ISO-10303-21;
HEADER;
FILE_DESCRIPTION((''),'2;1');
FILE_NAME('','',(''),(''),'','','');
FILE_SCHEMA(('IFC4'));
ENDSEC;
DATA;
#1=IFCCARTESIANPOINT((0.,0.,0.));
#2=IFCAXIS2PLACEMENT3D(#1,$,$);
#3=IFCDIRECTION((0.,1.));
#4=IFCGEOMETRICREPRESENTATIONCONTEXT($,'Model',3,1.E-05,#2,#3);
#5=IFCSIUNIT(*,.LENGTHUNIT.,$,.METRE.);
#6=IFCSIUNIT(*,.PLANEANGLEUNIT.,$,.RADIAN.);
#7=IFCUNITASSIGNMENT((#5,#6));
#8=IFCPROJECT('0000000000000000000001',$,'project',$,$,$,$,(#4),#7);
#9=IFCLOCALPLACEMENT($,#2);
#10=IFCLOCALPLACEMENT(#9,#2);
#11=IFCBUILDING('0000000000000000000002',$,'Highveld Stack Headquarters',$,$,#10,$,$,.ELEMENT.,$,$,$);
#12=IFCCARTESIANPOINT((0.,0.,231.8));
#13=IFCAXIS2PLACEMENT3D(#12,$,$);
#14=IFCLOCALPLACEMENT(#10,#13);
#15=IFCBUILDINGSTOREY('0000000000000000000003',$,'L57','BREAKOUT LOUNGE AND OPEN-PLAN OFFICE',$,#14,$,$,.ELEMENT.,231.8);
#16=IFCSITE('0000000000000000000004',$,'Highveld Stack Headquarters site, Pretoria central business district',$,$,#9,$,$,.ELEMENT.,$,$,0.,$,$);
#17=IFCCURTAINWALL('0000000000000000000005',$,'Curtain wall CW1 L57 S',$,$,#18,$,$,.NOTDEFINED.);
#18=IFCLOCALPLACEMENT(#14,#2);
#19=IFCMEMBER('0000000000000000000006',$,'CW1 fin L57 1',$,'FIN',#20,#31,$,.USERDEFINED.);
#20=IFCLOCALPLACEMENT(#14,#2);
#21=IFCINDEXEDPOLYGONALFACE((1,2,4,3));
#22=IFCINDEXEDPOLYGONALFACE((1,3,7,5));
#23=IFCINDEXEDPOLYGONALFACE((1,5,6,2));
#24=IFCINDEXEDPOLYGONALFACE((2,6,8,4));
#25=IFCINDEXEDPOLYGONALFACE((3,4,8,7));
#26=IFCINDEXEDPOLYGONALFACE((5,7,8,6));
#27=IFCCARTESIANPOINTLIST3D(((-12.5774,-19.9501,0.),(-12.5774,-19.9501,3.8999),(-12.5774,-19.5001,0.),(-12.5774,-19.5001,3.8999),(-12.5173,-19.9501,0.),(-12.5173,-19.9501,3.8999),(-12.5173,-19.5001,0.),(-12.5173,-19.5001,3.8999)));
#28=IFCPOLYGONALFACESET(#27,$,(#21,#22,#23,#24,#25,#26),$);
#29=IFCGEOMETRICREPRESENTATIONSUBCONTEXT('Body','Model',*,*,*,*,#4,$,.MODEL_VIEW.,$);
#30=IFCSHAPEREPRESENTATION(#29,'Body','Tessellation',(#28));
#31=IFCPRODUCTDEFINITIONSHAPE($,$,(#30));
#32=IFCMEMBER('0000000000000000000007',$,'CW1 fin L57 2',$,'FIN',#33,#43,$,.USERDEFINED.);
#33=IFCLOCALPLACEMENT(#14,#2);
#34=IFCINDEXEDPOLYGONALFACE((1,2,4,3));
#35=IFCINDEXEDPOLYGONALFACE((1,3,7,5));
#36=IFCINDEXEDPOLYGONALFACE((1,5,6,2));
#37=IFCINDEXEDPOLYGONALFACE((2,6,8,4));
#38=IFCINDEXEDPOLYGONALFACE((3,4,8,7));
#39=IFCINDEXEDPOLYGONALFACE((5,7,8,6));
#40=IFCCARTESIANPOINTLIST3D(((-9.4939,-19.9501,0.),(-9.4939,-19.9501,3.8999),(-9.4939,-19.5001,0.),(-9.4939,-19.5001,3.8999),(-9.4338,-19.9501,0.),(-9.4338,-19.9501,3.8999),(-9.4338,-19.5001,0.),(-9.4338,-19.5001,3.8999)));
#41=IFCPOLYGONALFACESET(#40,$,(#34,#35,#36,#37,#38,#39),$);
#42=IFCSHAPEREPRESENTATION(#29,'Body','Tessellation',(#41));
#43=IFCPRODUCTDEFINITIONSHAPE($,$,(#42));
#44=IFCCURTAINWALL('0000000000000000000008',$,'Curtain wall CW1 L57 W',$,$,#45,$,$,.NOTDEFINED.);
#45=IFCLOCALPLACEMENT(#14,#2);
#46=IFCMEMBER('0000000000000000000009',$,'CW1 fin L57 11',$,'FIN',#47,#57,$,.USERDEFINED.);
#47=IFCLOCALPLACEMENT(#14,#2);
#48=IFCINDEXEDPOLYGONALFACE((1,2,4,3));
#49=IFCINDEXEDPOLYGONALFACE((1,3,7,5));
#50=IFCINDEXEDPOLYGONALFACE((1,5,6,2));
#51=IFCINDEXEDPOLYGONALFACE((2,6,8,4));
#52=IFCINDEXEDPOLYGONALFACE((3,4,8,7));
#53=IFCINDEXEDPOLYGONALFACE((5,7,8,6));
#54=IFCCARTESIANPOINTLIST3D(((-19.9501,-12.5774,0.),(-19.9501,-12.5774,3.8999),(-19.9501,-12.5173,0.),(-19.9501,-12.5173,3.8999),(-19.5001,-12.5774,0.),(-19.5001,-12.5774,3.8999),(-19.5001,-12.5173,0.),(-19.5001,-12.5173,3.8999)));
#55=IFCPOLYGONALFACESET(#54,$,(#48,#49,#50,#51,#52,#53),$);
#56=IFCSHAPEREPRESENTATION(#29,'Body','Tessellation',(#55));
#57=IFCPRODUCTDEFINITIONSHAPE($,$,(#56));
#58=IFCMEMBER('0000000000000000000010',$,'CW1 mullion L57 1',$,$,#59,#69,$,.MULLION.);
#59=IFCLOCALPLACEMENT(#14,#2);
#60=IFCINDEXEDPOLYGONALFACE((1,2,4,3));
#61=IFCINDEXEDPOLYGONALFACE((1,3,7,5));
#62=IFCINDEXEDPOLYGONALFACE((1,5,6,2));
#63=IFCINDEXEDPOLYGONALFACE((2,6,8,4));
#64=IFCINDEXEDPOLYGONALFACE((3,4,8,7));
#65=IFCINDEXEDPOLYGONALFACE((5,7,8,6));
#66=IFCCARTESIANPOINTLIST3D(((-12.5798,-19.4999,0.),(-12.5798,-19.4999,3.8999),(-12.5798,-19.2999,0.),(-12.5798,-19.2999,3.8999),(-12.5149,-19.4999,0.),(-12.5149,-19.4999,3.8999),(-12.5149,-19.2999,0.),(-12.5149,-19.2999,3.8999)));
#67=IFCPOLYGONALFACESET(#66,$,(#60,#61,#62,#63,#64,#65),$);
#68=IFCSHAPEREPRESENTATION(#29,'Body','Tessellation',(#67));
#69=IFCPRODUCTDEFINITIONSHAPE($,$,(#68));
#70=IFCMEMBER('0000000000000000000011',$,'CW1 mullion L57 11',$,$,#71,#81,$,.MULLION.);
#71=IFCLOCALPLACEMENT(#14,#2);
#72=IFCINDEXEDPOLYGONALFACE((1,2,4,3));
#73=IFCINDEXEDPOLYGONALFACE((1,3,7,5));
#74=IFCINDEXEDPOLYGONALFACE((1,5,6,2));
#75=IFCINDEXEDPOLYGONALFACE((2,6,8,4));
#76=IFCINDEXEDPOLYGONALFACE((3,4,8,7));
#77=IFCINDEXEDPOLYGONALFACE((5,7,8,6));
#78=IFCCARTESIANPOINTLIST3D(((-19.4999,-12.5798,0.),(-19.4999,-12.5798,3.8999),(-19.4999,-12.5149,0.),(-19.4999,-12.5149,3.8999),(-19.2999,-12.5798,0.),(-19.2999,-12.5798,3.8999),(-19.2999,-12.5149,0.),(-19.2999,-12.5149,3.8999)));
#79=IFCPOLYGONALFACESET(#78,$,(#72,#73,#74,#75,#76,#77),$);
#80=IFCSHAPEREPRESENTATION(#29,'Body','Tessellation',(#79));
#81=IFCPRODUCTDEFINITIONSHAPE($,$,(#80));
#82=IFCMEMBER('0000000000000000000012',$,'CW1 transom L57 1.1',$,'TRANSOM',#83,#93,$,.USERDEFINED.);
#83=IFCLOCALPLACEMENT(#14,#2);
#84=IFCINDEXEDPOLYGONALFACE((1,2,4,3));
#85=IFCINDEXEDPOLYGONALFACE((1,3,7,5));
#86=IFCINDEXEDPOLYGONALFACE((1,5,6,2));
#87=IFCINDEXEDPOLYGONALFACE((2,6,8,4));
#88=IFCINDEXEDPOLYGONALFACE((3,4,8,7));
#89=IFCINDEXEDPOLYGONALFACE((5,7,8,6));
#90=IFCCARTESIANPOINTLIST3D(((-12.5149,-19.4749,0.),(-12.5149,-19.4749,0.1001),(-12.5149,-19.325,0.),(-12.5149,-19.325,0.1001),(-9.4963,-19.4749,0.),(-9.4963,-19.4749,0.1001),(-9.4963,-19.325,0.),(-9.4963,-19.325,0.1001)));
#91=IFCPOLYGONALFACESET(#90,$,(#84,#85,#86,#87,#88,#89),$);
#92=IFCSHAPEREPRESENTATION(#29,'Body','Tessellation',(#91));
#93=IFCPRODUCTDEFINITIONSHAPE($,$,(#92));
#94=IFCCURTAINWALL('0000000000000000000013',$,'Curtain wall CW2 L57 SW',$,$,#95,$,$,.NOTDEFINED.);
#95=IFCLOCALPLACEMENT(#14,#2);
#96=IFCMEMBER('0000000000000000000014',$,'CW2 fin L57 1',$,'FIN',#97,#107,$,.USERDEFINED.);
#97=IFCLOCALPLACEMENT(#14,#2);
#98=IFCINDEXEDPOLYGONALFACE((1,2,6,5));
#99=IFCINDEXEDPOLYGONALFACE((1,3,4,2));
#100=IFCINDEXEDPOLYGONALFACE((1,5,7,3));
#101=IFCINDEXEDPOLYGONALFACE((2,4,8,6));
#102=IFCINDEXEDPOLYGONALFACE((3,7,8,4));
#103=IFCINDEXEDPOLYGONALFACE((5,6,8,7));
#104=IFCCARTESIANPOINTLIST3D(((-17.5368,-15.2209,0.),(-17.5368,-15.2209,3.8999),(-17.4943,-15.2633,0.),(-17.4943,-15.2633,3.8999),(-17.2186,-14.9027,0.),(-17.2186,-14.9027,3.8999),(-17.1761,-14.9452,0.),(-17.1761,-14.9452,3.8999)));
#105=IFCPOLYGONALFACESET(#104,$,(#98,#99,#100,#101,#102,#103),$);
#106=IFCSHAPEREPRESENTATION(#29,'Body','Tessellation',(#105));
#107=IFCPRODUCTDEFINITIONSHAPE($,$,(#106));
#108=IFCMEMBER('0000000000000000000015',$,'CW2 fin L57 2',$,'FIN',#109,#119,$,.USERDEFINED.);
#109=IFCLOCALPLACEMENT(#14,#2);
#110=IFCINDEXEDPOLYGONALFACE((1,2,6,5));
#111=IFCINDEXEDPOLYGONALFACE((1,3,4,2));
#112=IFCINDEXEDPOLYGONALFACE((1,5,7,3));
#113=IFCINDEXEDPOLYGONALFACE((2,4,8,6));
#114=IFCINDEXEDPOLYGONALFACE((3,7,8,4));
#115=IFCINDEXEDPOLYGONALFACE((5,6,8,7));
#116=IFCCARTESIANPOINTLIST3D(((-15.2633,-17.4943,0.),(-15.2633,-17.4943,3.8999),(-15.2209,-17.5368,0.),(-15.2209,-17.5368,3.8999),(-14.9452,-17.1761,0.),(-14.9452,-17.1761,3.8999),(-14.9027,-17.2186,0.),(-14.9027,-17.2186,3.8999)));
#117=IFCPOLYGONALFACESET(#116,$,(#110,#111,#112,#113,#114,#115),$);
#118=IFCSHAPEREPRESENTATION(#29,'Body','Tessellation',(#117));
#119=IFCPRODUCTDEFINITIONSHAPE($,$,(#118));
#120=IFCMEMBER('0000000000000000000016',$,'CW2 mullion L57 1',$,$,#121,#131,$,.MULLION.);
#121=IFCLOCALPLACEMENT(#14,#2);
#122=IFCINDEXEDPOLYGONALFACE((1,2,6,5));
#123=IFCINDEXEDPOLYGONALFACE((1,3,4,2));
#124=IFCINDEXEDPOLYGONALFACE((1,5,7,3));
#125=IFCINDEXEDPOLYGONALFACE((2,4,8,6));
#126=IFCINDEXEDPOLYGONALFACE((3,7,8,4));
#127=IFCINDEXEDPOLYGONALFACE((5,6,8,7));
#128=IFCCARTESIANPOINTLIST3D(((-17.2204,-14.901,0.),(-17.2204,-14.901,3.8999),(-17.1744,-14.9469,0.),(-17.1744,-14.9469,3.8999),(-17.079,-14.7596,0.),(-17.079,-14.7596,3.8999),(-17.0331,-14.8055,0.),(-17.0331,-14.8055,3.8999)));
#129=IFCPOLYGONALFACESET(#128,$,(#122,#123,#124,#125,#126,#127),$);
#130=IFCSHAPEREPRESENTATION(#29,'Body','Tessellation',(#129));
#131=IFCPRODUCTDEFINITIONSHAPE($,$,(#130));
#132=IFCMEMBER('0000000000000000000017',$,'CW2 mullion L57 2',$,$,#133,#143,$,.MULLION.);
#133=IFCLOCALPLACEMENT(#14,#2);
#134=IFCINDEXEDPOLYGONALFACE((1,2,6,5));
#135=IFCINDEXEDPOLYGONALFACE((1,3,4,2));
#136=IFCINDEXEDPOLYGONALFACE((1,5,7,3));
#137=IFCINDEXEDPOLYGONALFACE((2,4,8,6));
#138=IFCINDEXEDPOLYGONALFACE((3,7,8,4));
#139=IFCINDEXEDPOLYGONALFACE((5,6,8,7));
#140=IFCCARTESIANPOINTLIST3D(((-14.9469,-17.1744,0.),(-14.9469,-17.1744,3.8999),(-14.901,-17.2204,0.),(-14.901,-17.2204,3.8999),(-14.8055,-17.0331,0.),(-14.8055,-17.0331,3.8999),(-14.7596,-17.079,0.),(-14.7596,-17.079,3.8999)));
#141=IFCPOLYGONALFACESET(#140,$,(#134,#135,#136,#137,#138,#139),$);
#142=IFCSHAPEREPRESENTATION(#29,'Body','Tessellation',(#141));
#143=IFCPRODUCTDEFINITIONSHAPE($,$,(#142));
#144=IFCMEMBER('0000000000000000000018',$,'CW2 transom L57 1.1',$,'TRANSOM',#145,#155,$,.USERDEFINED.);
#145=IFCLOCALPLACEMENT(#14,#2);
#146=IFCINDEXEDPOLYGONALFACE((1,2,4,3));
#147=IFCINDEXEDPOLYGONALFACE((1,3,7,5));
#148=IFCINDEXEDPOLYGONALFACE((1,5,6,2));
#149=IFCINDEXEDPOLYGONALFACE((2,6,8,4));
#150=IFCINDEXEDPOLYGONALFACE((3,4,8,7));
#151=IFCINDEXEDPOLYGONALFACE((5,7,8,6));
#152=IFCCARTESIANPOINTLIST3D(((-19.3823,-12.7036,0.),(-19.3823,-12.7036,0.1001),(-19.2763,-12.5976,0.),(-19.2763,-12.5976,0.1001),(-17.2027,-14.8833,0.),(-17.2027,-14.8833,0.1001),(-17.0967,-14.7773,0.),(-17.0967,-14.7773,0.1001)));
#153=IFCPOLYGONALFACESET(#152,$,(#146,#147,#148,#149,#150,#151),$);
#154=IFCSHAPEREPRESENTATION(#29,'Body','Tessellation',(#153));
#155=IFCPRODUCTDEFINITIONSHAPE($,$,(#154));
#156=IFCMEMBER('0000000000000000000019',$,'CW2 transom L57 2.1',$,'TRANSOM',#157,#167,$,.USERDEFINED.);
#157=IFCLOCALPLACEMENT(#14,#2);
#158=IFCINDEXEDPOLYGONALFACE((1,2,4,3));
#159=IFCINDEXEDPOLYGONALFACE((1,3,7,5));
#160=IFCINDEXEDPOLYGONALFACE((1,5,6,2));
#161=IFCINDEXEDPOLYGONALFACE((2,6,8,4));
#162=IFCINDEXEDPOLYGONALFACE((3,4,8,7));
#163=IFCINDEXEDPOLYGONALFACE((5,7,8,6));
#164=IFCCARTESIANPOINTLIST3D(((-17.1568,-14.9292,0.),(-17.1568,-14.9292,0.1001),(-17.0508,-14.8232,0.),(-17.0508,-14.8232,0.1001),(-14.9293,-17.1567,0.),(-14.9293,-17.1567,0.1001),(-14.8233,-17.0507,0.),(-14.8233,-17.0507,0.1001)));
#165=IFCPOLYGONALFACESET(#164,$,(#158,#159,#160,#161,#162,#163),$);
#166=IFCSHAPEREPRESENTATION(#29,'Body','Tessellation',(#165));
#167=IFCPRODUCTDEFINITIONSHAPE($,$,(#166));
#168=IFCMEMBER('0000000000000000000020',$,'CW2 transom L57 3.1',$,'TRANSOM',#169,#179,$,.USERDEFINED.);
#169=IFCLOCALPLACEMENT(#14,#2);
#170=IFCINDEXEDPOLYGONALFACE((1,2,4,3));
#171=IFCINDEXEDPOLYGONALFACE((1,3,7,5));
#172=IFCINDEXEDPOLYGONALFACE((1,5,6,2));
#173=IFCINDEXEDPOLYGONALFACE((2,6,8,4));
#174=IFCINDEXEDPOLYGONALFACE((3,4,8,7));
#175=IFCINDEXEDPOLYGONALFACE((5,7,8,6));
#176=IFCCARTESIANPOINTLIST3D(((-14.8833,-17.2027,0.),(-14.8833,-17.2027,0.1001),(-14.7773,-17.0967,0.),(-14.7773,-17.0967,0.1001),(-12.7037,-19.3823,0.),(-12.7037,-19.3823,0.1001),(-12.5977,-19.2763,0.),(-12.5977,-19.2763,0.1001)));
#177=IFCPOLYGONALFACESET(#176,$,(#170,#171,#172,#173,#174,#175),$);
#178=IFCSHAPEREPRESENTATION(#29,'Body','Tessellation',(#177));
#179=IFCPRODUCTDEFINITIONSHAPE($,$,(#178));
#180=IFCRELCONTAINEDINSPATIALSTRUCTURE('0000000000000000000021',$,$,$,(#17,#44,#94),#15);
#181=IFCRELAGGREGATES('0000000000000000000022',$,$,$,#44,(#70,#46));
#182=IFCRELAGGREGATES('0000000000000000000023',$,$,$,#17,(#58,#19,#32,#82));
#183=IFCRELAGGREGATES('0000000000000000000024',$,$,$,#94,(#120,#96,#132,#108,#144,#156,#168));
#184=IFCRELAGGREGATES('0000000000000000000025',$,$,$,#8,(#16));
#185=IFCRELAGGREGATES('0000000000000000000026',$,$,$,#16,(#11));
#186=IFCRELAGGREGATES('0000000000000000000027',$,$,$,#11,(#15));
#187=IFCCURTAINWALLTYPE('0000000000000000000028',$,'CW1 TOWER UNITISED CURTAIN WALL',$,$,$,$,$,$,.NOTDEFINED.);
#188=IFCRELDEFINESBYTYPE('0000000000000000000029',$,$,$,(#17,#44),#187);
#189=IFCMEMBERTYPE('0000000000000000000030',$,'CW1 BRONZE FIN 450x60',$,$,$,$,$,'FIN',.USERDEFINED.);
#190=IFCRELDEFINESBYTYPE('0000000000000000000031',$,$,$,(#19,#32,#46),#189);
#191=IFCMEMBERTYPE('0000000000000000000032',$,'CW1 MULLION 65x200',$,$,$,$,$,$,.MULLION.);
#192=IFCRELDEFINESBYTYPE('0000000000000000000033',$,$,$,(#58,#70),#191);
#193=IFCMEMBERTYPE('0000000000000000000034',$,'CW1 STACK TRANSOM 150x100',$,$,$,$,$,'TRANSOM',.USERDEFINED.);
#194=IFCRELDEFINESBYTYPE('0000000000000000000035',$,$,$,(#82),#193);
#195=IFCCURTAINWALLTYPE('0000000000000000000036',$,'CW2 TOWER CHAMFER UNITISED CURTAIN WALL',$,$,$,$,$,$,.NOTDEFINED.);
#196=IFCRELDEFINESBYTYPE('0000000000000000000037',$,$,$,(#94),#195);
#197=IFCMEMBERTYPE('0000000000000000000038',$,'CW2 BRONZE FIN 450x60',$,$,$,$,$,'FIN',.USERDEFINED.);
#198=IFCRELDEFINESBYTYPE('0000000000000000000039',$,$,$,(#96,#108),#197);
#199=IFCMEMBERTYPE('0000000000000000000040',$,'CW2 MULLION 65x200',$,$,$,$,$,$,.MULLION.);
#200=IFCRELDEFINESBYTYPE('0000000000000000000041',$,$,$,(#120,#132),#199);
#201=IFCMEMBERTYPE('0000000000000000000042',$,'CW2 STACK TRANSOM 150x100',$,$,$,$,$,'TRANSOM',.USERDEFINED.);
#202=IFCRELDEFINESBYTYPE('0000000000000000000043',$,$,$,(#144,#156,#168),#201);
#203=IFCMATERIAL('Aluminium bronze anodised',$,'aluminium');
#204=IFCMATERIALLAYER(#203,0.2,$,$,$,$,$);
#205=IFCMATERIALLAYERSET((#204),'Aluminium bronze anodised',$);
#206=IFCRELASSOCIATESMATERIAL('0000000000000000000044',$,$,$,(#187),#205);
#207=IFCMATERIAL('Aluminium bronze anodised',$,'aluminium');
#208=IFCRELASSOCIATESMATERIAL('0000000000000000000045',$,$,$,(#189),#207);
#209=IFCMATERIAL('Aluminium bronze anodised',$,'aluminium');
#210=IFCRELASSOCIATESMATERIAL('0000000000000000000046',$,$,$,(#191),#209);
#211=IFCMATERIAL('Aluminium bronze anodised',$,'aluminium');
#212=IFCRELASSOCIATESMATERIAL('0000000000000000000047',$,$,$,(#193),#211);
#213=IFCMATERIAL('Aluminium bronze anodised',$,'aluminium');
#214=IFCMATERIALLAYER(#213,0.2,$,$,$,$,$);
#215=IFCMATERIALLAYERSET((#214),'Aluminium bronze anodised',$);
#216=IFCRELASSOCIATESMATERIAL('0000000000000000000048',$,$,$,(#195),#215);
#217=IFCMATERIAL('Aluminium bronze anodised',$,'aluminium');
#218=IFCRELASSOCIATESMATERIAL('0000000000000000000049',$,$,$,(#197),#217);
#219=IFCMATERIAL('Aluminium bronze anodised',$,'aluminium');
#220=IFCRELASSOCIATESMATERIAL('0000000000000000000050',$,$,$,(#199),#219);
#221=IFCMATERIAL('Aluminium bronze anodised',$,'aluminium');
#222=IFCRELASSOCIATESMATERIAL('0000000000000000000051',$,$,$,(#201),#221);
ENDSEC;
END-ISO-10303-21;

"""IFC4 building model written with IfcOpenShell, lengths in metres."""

from ifc_helpers import new_model, si_unit, direction, frame, origin, origin_2d, place, context, subcontext, project, spatial, rectangle, extrude, material, layer, layer_set, material_profile, profile_set, type_object, element, aggregate, save


model = new_model("IFC4")

# Units and contexts
model_context = context("Model", 3, precision=1e-05, world=origin(), true_north=direction((0.0, 1.0)))
body_context = subcontext(model_context, "Body", "Model", "MODEL_VIEW")
ifc_project = project(units=[si_unit("LENGTHUNIT", "METRE"), si_unit("PLANEANGLEUNIT", "RADIAN")], contexts=[model_context])

# Site, building, storey
site_placement = place(None, origin())
site = spatial("IfcSite", under=ifc_project, at=site_placement, Name="Highveld Stack Headquarters site, Pretoria central business district", CompositionType="ELEMENT", RefElevation=0.0)
building_placement = place(site_placement, origin())
building = spatial("IfcBuilding", under=site, at=building_placement, Name="Highveld Stack Headquarters", CompositionType="ELEMENT")
storey_placement = place(building_placement, frame((0.0, 0.0, 231.8)))
storey = spatial("IfcBuildingStorey", under=building, at=storey_placement, Name="L57", Description="BREAKOUT LOUNGE AND OPEN-PLAN OFFICE", CompositionType="ELEMENT", Elevation=231.8)

# Curtain wall, members
ifc_material_1 = material(Name="Aluminium bronze anodised", Category="aluminium")
ifc_layer_1 = layer(ifc_material_1, 0.2)
ifc_layer_set_1 = layer_set([ifc_layer_1], Name="Aluminium bronze anodised")
curtain_wall_type_1 = type_object("IfcCurtainWallType", Name="CW1 TOWER UNITISED CURTAIN WALL", PredefinedType="NOTDEFINED", material=ifc_layer_set_1)
curtain_wall_1_placement = place(storey_placement, origin())
curtain_wall_1 = element("IfcCurtainWall", 1, at=curtain_wall_1_placement, inside=storey, type_object=curtain_wall_type_1, Name="Curtain wall CW1 L57 S", PredefinedType="NOTDEFINED")
ifc_material_2 = material(Name="Aluminium bronze anodised", Category="aluminium")
ifc_material_profile_1 = material_profile(ifc_material_2, rectangle(XDim=0.45, YDim=0.0601, at=origin_2d()), Name="FIN 450x60")
ifc_profile_set_1 = profile_set([ifc_material_profile_1], Name="Aluminium bronze anodised")
member_type_1 = type_object("IfcMemberType", Name="CW1 BRONZE FIN 450x60", ElementType="FIN", PredefinedType="USERDEFINED", material=ifc_profile_set_1)
member_1_placement = place(storey_placement, frame((-12.5474, -19.7251, 0.0), z_axis=(0.0, 0.0, 1.0), x_axis=(0.0, 1.0, 0.0)))
member_1 = element("IfcMember", 2, at=member_1_placement, type_object=member_type_1, Name="CW1 fin L57 1", ObjectType="FIN", PredefinedType="USERDEFINED", context=body_context, shape_type="SweptSolid", body=[
    extrude(rectangle(XDim=0.45, YDim=0.0601, at=origin_2d()), origin(), (0.0, 0.0, 1.0), 3.8999),
])
member_2_placement = place(storey_placement, frame((-9.4639, -19.7251, 0.0), z_axis=(0.0, 0.0, 1.0), x_axis=(0.0, 1.0, 0.0)))
member_2 = element("IfcMember", 3, at=member_2_placement, type_object=member_type_1, Name="CW1 fin L57 2", ObjectType="FIN", PredefinedType="USERDEFINED", context=body_context, shape_type="SweptSolid", body=[
    extrude(rectangle(XDim=0.45, YDim=0.0601, at=origin_2d()), origin(), (0.0, 0.0, 1.0), 3.8999),
])

# Curtain wall, member
curtain_wall_2_placement = place(storey_placement, origin())
curtain_wall_2 = element("IfcCurtainWall", 4, at=curtain_wall_2_placement, inside=storey, type_object=curtain_wall_type_1, Name="Curtain wall CW1 L57 W", PredefinedType="NOTDEFINED")
member_3_placement = place(storey_placement, frame((-19.7251, -12.5474, 0.0), z_axis=(0.0, 0.0, 1.0), x_axis=(1.0, 0.0, 0.0)))
member_3 = element("IfcMember", 5, at=member_3_placement, type_object=member_type_1, Name="CW1 fin L57 11", ObjectType="FIN", PredefinedType="USERDEFINED", context=body_context, shape_type="SweptSolid", body=[
    extrude(rectangle(XDim=0.45, YDim=0.0601, at=origin_2d()), origin(), (0.0, 0.0, 1.0), 3.8999),
])

# Members
ifc_material_3 = material(Name="Aluminium bronze anodised", Category="aluminium")
ifc_material_profile_2 = material_profile(ifc_material_3, rectangle(XDim=0.2, YDim=0.0649, at=origin_2d()), Name="CW1 MULLION 65x200")
ifc_profile_set_2 = profile_set([ifc_material_profile_2], Name="Aluminium bronze anodised")
member_type_2 = type_object("IfcMemberType", Name="CW1 MULLION 65x200", PredefinedType="MULLION", material=ifc_profile_set_2)
member_4_placement = place(storey_placement, frame((-12.5474, -19.3999, 0.0), z_axis=(0.0, 0.0, 1.0), x_axis=(0.0, 1.0, 0.0)))
member_4 = element("IfcMember", 6, at=member_4_placement, type_object=member_type_2, Name="CW1 mullion L57 1", PredefinedType="MULLION", context=body_context, shape_type="SweptSolid", body=[
    extrude(rectangle(XDim=0.2, YDim=0.0649, at=origin_2d()), origin(), (0.0, 0.0, 1.0), 3.8999),
])
member_5_placement = place(storey_placement, frame((-19.3999, -12.5474, 0.0), z_axis=(0.0, 0.0, 1.0), x_axis=(1.0, 0.0, 0.0)))
member_5 = element("IfcMember", 7, at=member_5_placement, type_object=member_type_2, Name="CW1 mullion L57 11", PredefinedType="MULLION", context=body_context, shape_type="SweptSolid", body=[
    extrude(rectangle(XDim=0.2, YDim=0.0649, at=origin_2d()), origin(), (0.0, 0.0, 1.0), 3.8999),
])
aggregate(curtain_wall_2, [member_5, member_3])
ifc_material_4 = material(Name="Aluminium bronze anodised", Category="aluminium")
ifc_material_profile_3 = material_profile(ifc_material_4, rectangle(XDim=0.1499, YDim=0.1001, at=origin_2d()), Name="CW1 TRANSOM 150x100")
ifc_profile_set_3 = profile_set([ifc_material_profile_3], Name="Aluminium bronze anodised")
member_type_3 = type_object("IfcMemberType", Name="CW1 STACK TRANSOM 150x100", ElementType="TRANSOM", PredefinedType="USERDEFINED", material=ifc_profile_set_3)
member_6_placement = place(storey_placement, frame((-12.5149, -19.3999, 0.05), z_axis=(1.0, 0.0, 0.0), x_axis=(0.0, 1.0, 0.0)))
member_6 = element("IfcMember", 8, at=member_6_placement, type_object=member_type_3, Name="CW1 transom L57 1.1", ObjectType="TRANSOM", PredefinedType="USERDEFINED", context=body_context, shape_type="SweptSolid", body=[
    extrude(rectangle(XDim=0.1499, YDim=0.1001, at=origin_2d()), origin(), (0.0, 0.0, 1.0), 3.0186),
])

# Curtain wall, members
ifc_material_5 = material(Name="Aluminium bronze anodised", Category="aluminium")
ifc_layer_2 = layer(ifc_material_5, 0.2)
ifc_layer_set_2 = layer_set([ifc_layer_2], Name="Aluminium bronze anodised")
curtain_wall_type_2 = type_object("IfcCurtainWallType", Name="CW2 TOWER CHAMFER UNITISED CURTAIN WALL", PredefinedType="NOTDEFINED", material=ifc_layer_set_2)
curtain_wall_3_placement = place(storey_placement, origin())
curtain_wall_3 = element("IfcCurtainWall", 9, at=curtain_wall_3_placement, inside=storey, type_object=curtain_wall_type_2, Name="Curtain wall CW2 L57 SW", PredefinedType="NOTDEFINED")
ifc_material_6 = material(Name="Aluminium bronze anodised", Category="aluminium")
ifc_material_profile_4 = material_profile(ifc_material_6, rectangle(XDim=0.45, YDim=0.0601, at=origin_2d()), Name="FIN 450x60")
ifc_profile_set_4 = profile_set([ifc_material_profile_4], Name="Aluminium bronze anodised")
member_type_4 = type_object("IfcMemberType", Name="CW2 BRONZE FIN 450x60", ElementType="FIN", PredefinedType="USERDEFINED", material=ifc_profile_set_4)
member_7_placement = place(storey_placement, frame((-17.3564, -15.083, 0.0), z_axis=(0.0, 0.0, 1.0), x_axis=(0.707107, 0.707107, 0.0)))
member_7 = element("IfcMember", 10, at=member_7_placement, type_object=member_type_4, Name="CW2 fin L57 1", ObjectType="FIN", PredefinedType="USERDEFINED", context=body_context, shape_type="SweptSolid", body=[
    extrude(rectangle(XDim=0.45, YDim=0.0601, at=origin_2d()), origin(), (0.0, 0.0, 1.0), 3.8999),
])
member_8_placement = place(storey_placement, frame((-15.083, -17.3564, 0.0), z_axis=(0.0, 0.0, 1.0), x_axis=(0.707107, 0.707107, 0.0)))
member_8 = element("IfcMember", 11, at=member_8_placement, type_object=member_type_4, Name="CW2 fin L57 2", ObjectType="FIN", PredefinedType="USERDEFINED", context=body_context, shape_type="SweptSolid", body=[
    extrude(rectangle(XDim=0.45, YDim=0.0601, at=origin_2d()), origin(), (0.0, 0.0, 1.0), 3.8999),
])
ifc_material_7 = material(Name="Aluminium bronze anodised", Category="aluminium")
ifc_material_profile_5 = material_profile(ifc_material_7, rectangle(XDim=0.2, YDim=0.0649, at=origin_2d()), Name="CW2 MULLION 65x200")
ifc_profile_set_5 = profile_set([ifc_material_profile_5], Name="Aluminium bronze anodised")
member_type_5 = type_object("IfcMemberType", Name="CW2 MULLION 65x200", PredefinedType="MULLION", material=ifc_profile_set_5)
member_9_placement = place(storey_placement, frame((-17.1267, -14.8533, 0.0), z_axis=(0.0, 0.0, 1.0), x_axis=(0.707107, 0.707107, 0.0)))
member_9 = element("IfcMember", 12, at=member_9_placement, type_object=member_type_5, Name="CW2 mullion L57 1", PredefinedType="MULLION", context=body_context, shape_type="SweptSolid", body=[
    extrude(rectangle(XDim=0.2, YDim=0.0649, at=origin_2d()), origin(), (0.0, 0.0, 1.0), 3.8999),
])
member_10_placement = place(storey_placement, frame((-14.8533, -17.1267, 0.0), z_axis=(0.0, 0.0, 1.0), x_axis=(0.707107, 0.707107, 0.0)))
member_10 = element("IfcMember", 13, at=member_10_placement, type_object=member_type_5, Name="CW2 mullion L57 2", PredefinedType="MULLION", context=body_context, shape_type="SweptSolid", body=[
    extrude(rectangle(XDim=0.2, YDim=0.0649, at=origin_2d()), origin(), (0.0, 0.0, 1.0), 3.8999),
])
ifc_material_8 = material(Name="Aluminium bronze anodised", Category="aluminium")
ifc_material_profile_6 = material_profile(ifc_material_8, rectangle(XDim=0.1499, YDim=0.1001, at=origin_2d()), Name="CW2 TRANSOM 150x100")
ifc_profile_set_6 = profile_set([ifc_material_profile_6], Name="Aluminium bronze anodised")
member_type_6 = type_object("IfcMemberType", Name="CW2 STACK TRANSOM 150x100", ElementType="TRANSOM", PredefinedType="USERDEFINED", material=ifc_profile_set_6)
member_11_placement = place(storey_placement, frame((-19.3293, -12.6506, 0.05), z_axis=(0.707107, -0.707107, 0.0), x_axis=(0.707107, 0.707107, 0.0)))
member_11 = element("IfcMember", 14, at=member_11_placement, type_object=member_type_6, Name="CW2 transom L57 1.1", ObjectType="TRANSOM", PredefinedType="USERDEFINED", context=body_context, shape_type="SweptSolid", body=[
    extrude(rectangle(XDim=0.1499, YDim=0.1001, at=origin_2d()), origin(), (0.0, 0.0, 1.0), 3.0825),
])
member_12_placement = place(storey_placement, frame((-17.1038, -14.8762, 0.05), z_axis=(0.707107, -0.707107, 0.0), x_axis=(0.707107, 0.707107, 0.0)))
member_12 = element("IfcMember", 15, at=member_12_placement, type_object=member_type_6, Name="CW2 transom L57 2.1", ObjectType="TRANSOM", PredefinedType="USERDEFINED", context=body_context, shape_type="SweptSolid", body=[
    extrude(rectangle(XDim=0.1499, YDim=0.1001, at=origin_2d()), origin(), (0.0, 0.0, 1.0), 3.1501),
])
member_13_placement = place(storey_placement, frame((-14.8303, -17.1497, 0.05), z_axis=(0.707107, -0.707107, 0.0), x_axis=(0.707107, 0.707107, 0.0)))
member_13 = element("IfcMember", 16, at=member_13_placement, type_object=member_type_6, Name="CW2 transom L57 3.1", ObjectType="TRANSOM", PredefinedType="USERDEFINED", context=body_context, shape_type="SweptSolid", body=[
    extrude(rectangle(XDim=0.1499, YDim=0.1001, at=origin_2d()), origin(), (0.0, 0.0, 1.0), 3.0825),
])

aggregate(curtain_wall_1, [member_4, member_1, member_2, member_6])
aggregate(curtain_wall_3, [member_9, member_7, member_10, member_8, member_11, member_12, member_13])

save(model, "model.ifc")
